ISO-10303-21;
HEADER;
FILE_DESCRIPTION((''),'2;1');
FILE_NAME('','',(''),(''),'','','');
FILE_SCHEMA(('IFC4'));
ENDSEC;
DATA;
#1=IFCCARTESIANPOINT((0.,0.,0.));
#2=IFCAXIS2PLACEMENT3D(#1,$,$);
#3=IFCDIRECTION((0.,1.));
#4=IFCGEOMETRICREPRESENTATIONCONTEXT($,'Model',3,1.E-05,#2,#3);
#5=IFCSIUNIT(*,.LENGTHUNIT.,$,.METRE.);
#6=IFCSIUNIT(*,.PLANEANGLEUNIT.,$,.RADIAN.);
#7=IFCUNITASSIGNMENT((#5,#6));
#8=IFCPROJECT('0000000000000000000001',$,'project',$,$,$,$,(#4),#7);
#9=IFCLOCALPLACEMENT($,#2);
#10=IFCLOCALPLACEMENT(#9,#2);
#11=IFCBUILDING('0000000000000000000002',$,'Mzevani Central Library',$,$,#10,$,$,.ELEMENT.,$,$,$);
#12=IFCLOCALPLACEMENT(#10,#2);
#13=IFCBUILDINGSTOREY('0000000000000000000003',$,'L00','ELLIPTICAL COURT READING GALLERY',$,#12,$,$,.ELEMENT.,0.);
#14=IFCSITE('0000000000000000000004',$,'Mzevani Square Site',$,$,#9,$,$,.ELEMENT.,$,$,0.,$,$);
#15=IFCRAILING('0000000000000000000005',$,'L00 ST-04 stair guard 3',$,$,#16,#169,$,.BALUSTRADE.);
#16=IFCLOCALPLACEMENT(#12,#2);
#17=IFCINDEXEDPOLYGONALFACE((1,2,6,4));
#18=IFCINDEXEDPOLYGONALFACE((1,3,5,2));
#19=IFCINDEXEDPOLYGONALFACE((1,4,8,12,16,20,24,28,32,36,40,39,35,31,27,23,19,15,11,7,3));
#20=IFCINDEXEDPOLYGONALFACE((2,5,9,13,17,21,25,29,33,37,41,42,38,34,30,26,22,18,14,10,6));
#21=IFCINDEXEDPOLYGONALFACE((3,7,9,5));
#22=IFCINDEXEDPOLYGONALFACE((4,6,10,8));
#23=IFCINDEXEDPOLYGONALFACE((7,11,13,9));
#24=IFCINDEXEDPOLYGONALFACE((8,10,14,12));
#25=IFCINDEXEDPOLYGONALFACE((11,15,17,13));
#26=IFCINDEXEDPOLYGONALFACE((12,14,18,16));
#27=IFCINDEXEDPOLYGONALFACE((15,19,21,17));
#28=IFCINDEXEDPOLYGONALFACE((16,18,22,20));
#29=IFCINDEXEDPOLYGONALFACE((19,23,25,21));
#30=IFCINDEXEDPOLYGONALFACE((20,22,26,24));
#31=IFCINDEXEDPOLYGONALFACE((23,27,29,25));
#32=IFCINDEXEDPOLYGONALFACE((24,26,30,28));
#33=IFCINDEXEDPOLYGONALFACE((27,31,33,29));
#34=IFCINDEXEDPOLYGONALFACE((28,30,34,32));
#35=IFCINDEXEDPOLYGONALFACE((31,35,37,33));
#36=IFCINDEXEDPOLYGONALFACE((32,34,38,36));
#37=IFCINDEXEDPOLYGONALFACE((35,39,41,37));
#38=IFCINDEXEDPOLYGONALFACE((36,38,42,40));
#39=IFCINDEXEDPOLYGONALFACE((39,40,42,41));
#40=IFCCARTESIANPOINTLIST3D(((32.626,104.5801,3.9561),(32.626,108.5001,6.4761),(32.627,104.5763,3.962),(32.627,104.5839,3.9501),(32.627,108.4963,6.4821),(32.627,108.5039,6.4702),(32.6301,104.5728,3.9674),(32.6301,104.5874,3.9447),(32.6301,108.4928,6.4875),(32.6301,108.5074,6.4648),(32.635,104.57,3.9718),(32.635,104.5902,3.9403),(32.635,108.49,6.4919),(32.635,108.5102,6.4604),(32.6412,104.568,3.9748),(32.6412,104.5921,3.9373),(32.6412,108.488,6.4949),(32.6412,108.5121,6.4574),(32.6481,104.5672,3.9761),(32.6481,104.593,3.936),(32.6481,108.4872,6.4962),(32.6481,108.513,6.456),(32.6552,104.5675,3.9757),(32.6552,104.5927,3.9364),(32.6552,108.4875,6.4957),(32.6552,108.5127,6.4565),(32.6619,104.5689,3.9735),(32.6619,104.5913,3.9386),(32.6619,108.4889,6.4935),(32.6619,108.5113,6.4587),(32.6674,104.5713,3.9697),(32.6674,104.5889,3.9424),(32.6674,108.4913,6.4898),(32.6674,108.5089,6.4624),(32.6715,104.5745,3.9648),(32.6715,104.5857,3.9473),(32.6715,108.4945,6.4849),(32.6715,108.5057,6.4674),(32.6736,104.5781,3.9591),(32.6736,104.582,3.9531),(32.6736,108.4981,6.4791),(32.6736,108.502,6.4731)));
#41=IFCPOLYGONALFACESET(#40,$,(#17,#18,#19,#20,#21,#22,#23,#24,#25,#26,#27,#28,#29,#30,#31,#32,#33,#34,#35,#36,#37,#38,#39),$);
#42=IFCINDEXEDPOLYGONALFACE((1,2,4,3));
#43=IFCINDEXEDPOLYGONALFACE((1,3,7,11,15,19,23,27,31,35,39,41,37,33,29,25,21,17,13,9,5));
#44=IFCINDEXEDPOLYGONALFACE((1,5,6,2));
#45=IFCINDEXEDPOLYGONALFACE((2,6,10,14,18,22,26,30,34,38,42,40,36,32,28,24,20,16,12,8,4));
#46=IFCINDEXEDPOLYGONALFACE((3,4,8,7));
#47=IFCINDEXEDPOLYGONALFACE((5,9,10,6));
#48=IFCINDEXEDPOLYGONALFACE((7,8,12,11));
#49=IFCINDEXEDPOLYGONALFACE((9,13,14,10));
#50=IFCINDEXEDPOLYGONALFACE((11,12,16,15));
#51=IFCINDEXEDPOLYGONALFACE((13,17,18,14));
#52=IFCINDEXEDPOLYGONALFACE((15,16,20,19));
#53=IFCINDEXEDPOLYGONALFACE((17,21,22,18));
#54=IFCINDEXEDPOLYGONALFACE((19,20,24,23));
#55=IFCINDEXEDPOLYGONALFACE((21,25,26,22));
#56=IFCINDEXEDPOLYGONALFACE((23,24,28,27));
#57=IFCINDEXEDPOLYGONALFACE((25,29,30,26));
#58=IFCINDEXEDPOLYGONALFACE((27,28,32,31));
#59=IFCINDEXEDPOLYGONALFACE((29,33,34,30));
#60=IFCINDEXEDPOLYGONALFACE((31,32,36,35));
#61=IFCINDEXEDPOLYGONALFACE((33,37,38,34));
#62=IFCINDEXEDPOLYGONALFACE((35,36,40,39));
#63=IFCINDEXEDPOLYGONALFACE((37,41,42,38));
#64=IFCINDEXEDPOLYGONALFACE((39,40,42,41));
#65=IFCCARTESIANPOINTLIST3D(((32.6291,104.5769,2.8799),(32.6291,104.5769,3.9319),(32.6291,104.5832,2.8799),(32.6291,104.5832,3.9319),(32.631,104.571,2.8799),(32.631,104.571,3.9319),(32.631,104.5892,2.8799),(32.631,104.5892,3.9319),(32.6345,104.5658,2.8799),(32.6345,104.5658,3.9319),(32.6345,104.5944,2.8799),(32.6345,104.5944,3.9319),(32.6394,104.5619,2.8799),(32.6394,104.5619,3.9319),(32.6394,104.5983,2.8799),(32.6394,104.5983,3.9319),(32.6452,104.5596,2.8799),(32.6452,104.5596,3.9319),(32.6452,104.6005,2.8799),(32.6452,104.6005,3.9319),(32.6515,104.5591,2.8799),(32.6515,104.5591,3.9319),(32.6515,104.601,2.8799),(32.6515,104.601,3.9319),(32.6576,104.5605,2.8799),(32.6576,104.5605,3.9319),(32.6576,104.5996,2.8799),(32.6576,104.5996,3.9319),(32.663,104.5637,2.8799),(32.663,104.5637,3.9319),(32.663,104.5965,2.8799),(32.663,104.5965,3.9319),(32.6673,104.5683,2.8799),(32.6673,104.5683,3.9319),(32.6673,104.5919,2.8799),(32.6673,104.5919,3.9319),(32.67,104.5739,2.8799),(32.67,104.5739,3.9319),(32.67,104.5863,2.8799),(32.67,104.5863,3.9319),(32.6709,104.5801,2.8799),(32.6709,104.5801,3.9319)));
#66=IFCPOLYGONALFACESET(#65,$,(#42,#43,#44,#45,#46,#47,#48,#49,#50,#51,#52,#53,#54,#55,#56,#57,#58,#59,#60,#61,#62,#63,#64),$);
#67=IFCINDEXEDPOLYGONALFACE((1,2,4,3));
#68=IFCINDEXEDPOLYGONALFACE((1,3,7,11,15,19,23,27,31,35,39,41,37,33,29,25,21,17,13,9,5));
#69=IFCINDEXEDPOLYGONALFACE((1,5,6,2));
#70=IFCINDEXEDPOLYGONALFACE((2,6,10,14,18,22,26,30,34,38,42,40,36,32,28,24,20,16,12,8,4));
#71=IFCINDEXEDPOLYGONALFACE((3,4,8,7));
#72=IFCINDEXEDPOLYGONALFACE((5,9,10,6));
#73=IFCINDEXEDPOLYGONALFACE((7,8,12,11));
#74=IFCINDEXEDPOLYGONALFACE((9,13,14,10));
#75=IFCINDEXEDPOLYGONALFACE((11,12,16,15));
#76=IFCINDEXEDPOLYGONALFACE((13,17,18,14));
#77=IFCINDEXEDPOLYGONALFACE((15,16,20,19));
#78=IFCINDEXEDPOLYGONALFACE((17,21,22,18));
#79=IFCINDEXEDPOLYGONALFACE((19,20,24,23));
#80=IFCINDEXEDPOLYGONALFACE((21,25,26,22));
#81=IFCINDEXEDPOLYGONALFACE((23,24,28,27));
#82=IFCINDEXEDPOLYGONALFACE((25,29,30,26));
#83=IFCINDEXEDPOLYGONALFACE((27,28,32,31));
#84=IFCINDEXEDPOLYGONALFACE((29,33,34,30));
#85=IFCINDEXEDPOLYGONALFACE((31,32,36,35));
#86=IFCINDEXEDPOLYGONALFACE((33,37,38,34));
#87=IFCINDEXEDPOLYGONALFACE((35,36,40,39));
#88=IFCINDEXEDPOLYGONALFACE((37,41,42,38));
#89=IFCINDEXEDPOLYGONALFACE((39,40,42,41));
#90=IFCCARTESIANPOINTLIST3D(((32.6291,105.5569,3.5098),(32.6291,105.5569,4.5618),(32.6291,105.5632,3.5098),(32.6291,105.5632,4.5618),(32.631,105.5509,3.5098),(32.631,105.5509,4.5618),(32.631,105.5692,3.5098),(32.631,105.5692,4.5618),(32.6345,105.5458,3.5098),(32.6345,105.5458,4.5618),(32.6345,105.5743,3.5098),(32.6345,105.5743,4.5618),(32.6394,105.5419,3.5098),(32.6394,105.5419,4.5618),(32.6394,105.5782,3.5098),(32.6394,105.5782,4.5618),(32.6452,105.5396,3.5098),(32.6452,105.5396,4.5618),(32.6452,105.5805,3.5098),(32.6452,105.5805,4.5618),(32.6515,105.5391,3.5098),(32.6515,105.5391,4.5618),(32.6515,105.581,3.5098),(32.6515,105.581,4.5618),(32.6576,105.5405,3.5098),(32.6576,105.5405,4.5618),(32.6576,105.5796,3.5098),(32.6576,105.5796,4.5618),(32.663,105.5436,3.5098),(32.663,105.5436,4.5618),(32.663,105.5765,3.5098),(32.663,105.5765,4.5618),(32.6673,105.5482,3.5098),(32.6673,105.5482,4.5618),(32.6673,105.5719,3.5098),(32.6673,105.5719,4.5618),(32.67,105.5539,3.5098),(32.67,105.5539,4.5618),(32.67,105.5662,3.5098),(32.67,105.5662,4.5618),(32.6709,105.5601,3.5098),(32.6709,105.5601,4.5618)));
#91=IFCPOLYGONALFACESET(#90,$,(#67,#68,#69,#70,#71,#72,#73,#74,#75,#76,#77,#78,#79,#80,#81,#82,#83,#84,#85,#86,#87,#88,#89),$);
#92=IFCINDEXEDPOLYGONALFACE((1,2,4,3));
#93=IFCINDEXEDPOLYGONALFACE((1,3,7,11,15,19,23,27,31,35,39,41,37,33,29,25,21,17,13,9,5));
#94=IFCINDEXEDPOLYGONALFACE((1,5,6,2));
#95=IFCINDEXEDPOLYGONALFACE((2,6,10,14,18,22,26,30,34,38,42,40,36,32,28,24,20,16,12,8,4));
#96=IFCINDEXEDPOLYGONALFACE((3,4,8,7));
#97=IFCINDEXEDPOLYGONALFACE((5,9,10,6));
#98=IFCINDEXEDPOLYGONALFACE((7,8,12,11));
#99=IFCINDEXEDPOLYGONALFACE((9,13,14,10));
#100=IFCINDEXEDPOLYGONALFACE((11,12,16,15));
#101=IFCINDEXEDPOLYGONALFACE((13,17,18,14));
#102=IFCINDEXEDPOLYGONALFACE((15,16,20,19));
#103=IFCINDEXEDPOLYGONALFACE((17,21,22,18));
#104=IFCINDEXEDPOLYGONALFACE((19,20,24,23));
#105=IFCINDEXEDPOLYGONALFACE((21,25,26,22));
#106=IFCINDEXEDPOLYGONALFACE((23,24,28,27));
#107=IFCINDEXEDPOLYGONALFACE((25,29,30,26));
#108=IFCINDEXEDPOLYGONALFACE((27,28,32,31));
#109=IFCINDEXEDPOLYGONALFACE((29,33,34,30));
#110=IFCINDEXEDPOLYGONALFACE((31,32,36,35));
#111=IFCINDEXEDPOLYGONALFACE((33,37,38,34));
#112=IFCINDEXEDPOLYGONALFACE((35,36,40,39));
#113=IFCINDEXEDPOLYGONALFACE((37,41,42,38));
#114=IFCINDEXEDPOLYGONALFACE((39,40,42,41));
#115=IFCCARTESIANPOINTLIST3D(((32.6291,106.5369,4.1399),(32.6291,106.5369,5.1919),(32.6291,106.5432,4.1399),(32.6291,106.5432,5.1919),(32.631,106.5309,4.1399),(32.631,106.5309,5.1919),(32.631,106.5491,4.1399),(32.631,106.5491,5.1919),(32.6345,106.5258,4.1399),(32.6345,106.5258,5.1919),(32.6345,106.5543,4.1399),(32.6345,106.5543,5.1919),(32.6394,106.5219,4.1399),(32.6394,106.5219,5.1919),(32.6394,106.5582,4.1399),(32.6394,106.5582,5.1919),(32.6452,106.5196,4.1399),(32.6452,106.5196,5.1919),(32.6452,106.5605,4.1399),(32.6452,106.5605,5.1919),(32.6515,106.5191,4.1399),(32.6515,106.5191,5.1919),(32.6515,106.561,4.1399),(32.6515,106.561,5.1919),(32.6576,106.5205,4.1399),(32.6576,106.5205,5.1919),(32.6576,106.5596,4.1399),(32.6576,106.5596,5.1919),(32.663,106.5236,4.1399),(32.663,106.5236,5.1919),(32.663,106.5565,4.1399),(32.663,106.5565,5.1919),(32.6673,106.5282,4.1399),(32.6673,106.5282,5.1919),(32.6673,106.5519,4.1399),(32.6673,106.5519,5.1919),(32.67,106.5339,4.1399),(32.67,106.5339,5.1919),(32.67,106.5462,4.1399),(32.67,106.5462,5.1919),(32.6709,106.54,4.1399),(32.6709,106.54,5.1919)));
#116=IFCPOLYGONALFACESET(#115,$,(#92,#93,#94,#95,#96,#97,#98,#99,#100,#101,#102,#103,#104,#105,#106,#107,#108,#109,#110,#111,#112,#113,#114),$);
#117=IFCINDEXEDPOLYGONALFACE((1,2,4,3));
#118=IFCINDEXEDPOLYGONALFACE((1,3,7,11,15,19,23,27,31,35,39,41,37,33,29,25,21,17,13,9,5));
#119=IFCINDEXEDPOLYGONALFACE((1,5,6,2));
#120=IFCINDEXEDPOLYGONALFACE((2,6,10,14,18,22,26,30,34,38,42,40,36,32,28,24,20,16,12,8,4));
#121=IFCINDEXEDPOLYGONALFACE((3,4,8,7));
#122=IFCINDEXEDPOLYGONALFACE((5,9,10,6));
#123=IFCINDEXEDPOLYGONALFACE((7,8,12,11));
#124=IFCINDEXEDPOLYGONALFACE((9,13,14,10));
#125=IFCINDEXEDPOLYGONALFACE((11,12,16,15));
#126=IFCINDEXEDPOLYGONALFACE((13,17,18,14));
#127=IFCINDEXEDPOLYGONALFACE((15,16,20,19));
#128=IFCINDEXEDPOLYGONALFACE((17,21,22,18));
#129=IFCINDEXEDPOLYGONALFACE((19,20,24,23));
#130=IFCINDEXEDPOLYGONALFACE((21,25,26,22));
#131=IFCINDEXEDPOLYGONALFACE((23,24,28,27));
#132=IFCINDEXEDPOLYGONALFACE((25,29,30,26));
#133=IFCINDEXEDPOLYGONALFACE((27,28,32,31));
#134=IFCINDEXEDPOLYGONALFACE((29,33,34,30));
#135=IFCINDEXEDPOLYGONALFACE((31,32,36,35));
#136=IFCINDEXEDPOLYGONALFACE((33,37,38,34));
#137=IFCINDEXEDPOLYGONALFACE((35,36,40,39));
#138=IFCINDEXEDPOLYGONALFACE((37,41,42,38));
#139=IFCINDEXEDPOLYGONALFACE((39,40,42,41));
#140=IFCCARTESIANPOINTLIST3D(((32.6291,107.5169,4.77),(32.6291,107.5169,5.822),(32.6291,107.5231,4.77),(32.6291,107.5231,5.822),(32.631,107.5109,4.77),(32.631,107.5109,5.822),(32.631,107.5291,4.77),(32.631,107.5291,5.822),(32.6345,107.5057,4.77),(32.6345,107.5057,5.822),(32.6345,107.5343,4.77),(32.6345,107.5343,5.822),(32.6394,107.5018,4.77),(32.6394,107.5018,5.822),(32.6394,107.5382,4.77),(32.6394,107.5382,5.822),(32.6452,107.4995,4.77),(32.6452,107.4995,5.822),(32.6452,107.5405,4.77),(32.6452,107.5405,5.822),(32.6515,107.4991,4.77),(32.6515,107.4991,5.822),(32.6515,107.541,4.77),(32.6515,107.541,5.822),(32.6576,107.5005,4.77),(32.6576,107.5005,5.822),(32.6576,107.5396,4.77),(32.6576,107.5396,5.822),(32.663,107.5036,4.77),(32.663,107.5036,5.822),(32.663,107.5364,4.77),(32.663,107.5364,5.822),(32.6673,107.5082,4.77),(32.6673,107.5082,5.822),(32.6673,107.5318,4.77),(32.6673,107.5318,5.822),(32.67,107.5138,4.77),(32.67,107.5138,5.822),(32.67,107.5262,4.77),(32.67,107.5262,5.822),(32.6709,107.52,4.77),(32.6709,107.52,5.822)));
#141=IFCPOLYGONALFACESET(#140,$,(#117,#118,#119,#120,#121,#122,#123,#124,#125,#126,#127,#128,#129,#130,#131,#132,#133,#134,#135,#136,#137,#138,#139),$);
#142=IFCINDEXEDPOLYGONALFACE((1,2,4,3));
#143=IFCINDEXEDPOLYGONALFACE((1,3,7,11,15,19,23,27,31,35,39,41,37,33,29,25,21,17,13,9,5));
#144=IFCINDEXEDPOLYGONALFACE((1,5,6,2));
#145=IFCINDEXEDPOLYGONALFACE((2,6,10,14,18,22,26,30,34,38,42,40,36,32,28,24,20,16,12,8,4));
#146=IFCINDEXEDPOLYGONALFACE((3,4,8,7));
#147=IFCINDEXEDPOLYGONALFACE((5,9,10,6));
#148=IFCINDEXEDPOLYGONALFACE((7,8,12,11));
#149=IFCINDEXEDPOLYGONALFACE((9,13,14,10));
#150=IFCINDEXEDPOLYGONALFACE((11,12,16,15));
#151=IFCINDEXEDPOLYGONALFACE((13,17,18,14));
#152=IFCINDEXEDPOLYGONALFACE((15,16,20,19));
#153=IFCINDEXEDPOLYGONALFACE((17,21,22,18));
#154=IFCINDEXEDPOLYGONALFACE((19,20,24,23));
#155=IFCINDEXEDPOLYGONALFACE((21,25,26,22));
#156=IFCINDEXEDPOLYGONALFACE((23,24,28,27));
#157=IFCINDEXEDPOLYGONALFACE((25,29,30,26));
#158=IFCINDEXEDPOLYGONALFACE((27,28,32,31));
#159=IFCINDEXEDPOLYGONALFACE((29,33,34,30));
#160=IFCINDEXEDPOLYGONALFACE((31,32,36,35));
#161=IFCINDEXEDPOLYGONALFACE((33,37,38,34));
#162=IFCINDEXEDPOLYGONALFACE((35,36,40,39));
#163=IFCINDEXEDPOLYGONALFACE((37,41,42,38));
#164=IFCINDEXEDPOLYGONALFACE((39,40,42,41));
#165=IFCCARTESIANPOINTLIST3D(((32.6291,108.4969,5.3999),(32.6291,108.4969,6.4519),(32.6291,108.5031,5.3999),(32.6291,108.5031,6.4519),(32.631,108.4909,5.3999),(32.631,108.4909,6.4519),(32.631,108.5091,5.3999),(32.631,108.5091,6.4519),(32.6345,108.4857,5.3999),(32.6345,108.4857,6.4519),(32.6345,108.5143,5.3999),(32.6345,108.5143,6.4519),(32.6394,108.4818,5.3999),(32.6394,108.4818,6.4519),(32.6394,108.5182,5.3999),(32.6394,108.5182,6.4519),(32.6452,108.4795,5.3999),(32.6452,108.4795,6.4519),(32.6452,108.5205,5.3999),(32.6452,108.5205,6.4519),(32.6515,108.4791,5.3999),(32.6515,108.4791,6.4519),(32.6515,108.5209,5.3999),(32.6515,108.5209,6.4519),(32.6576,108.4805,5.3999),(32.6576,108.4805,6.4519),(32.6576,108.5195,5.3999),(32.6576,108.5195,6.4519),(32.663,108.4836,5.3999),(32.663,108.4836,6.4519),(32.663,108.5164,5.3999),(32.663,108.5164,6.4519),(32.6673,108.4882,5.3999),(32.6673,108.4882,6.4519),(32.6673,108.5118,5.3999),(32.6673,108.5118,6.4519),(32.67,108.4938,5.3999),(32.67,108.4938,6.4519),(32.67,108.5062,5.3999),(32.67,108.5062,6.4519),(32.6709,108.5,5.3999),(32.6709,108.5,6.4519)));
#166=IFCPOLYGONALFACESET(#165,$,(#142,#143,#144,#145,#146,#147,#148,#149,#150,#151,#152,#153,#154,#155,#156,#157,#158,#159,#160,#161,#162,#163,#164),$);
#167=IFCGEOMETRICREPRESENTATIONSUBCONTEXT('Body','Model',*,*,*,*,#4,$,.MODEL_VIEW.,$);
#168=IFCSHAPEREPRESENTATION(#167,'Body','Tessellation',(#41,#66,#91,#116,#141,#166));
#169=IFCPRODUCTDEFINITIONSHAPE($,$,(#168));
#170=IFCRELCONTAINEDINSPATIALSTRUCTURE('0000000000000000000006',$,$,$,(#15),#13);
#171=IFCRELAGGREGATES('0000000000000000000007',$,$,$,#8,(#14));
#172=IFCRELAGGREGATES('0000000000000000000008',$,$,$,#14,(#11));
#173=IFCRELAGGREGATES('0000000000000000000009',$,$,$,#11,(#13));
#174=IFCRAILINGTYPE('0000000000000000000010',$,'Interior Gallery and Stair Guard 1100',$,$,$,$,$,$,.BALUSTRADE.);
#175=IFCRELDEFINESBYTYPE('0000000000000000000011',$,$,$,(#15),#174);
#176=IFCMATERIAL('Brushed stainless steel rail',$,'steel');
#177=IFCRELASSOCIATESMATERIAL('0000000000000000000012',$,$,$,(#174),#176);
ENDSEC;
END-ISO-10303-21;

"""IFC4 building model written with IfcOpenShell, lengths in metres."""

from ifc_helpers import new_model, si_unit, direction, frame, origin, origin_2d, place, context, subcontext, project, spatial, circle, extrude, material, type_object, element, save


model = new_model("IFC4")

# Units and contexts
model_context = context("Model", 3, precision=1e-05, world=origin(), true_north=direction((0.0, 1.0)))
body_context = subcontext(model_context, "Body", "Model", "MODEL_VIEW")
ifc_project = project(units=[si_unit("LENGTHUNIT", "METRE"), si_unit("PLANEANGLEUNIT", "RADIAN")], contexts=[model_context])

# Site, building, storey
site_placement = place(None, origin())
site = spatial("IfcSite", under=ifc_project, at=site_placement, Name="Mzevani Square Site", CompositionType="ELEMENT", RefElevation=0.0)
building_placement = place(site_placement, origin())
building = spatial("IfcBuilding", under=site, at=building_placement, Name="Mzevani Central Library", CompositionType="ELEMENT")
storey_placement = place(building_placement, origin())
storey = spatial("IfcBuildingStorey", under=building, at=storey_placement, Name="L00", Description="ELLIPTICAL COURT READING GALLERY", CompositionType="ELEMENT", Elevation=0.0)

# Railing
ifc_material_1 = material(Name="Brushed stainless steel rail", Category="steel")
railing_type_1 = type_object("IfcRailingType", Name="Interior Gallery and Stair Guard 1100", PredefinedType="BALUSTRADE", material=ifc_material_1)
railing_1_placement = place(storey_placement, frame((32.6499, 104.5801, 2.8799)))
element("IfcRailing", 1, at=railing_1_placement, inside=storey, type_object=railing_type_1, Name="L00 ST-04 stair guard 3", PredefinedType="BALUSTRADE", context=body_context, shape_type="SweptSolid", body=[
    extrude(circle(Radius=0.0239, at=origin_2d()), frame((0.0, 0.0, 1.0762), z_axis=(0.0, 0.841172, 0.540768), x_axis=(-1.0, 0.0, 0.0)), (0.0, 0.0, 1.0), 4.6602),
    extrude(circle(Radius=0.021, at=origin_2d()), origin(), (0.0, 0.0, 1.0), 1.052),
    extrude(circle(Radius=0.021, at=origin_2d()), frame((0.0, 0.98, 0.6299)), (0.0, 0.0, 1.0), 1.052),
    extrude(circle(Radius=0.021, at=origin_2d()), frame((0.0, 1.96, 1.26)), (0.0, 0.0, 1.0), 1.052),
    extrude(circle(Radius=0.021, at=origin_2d()), frame((0.0, 2.9399, 1.8901)), (0.0, 0.0, 1.0), 1.052),
    extrude(circle(Radius=0.021, at=origin_2d()), frame((0.0, 3.9199, 2.52)), (0.0, 0.0, 1.0), 1.052),
])

save(model, "model.ifc")
